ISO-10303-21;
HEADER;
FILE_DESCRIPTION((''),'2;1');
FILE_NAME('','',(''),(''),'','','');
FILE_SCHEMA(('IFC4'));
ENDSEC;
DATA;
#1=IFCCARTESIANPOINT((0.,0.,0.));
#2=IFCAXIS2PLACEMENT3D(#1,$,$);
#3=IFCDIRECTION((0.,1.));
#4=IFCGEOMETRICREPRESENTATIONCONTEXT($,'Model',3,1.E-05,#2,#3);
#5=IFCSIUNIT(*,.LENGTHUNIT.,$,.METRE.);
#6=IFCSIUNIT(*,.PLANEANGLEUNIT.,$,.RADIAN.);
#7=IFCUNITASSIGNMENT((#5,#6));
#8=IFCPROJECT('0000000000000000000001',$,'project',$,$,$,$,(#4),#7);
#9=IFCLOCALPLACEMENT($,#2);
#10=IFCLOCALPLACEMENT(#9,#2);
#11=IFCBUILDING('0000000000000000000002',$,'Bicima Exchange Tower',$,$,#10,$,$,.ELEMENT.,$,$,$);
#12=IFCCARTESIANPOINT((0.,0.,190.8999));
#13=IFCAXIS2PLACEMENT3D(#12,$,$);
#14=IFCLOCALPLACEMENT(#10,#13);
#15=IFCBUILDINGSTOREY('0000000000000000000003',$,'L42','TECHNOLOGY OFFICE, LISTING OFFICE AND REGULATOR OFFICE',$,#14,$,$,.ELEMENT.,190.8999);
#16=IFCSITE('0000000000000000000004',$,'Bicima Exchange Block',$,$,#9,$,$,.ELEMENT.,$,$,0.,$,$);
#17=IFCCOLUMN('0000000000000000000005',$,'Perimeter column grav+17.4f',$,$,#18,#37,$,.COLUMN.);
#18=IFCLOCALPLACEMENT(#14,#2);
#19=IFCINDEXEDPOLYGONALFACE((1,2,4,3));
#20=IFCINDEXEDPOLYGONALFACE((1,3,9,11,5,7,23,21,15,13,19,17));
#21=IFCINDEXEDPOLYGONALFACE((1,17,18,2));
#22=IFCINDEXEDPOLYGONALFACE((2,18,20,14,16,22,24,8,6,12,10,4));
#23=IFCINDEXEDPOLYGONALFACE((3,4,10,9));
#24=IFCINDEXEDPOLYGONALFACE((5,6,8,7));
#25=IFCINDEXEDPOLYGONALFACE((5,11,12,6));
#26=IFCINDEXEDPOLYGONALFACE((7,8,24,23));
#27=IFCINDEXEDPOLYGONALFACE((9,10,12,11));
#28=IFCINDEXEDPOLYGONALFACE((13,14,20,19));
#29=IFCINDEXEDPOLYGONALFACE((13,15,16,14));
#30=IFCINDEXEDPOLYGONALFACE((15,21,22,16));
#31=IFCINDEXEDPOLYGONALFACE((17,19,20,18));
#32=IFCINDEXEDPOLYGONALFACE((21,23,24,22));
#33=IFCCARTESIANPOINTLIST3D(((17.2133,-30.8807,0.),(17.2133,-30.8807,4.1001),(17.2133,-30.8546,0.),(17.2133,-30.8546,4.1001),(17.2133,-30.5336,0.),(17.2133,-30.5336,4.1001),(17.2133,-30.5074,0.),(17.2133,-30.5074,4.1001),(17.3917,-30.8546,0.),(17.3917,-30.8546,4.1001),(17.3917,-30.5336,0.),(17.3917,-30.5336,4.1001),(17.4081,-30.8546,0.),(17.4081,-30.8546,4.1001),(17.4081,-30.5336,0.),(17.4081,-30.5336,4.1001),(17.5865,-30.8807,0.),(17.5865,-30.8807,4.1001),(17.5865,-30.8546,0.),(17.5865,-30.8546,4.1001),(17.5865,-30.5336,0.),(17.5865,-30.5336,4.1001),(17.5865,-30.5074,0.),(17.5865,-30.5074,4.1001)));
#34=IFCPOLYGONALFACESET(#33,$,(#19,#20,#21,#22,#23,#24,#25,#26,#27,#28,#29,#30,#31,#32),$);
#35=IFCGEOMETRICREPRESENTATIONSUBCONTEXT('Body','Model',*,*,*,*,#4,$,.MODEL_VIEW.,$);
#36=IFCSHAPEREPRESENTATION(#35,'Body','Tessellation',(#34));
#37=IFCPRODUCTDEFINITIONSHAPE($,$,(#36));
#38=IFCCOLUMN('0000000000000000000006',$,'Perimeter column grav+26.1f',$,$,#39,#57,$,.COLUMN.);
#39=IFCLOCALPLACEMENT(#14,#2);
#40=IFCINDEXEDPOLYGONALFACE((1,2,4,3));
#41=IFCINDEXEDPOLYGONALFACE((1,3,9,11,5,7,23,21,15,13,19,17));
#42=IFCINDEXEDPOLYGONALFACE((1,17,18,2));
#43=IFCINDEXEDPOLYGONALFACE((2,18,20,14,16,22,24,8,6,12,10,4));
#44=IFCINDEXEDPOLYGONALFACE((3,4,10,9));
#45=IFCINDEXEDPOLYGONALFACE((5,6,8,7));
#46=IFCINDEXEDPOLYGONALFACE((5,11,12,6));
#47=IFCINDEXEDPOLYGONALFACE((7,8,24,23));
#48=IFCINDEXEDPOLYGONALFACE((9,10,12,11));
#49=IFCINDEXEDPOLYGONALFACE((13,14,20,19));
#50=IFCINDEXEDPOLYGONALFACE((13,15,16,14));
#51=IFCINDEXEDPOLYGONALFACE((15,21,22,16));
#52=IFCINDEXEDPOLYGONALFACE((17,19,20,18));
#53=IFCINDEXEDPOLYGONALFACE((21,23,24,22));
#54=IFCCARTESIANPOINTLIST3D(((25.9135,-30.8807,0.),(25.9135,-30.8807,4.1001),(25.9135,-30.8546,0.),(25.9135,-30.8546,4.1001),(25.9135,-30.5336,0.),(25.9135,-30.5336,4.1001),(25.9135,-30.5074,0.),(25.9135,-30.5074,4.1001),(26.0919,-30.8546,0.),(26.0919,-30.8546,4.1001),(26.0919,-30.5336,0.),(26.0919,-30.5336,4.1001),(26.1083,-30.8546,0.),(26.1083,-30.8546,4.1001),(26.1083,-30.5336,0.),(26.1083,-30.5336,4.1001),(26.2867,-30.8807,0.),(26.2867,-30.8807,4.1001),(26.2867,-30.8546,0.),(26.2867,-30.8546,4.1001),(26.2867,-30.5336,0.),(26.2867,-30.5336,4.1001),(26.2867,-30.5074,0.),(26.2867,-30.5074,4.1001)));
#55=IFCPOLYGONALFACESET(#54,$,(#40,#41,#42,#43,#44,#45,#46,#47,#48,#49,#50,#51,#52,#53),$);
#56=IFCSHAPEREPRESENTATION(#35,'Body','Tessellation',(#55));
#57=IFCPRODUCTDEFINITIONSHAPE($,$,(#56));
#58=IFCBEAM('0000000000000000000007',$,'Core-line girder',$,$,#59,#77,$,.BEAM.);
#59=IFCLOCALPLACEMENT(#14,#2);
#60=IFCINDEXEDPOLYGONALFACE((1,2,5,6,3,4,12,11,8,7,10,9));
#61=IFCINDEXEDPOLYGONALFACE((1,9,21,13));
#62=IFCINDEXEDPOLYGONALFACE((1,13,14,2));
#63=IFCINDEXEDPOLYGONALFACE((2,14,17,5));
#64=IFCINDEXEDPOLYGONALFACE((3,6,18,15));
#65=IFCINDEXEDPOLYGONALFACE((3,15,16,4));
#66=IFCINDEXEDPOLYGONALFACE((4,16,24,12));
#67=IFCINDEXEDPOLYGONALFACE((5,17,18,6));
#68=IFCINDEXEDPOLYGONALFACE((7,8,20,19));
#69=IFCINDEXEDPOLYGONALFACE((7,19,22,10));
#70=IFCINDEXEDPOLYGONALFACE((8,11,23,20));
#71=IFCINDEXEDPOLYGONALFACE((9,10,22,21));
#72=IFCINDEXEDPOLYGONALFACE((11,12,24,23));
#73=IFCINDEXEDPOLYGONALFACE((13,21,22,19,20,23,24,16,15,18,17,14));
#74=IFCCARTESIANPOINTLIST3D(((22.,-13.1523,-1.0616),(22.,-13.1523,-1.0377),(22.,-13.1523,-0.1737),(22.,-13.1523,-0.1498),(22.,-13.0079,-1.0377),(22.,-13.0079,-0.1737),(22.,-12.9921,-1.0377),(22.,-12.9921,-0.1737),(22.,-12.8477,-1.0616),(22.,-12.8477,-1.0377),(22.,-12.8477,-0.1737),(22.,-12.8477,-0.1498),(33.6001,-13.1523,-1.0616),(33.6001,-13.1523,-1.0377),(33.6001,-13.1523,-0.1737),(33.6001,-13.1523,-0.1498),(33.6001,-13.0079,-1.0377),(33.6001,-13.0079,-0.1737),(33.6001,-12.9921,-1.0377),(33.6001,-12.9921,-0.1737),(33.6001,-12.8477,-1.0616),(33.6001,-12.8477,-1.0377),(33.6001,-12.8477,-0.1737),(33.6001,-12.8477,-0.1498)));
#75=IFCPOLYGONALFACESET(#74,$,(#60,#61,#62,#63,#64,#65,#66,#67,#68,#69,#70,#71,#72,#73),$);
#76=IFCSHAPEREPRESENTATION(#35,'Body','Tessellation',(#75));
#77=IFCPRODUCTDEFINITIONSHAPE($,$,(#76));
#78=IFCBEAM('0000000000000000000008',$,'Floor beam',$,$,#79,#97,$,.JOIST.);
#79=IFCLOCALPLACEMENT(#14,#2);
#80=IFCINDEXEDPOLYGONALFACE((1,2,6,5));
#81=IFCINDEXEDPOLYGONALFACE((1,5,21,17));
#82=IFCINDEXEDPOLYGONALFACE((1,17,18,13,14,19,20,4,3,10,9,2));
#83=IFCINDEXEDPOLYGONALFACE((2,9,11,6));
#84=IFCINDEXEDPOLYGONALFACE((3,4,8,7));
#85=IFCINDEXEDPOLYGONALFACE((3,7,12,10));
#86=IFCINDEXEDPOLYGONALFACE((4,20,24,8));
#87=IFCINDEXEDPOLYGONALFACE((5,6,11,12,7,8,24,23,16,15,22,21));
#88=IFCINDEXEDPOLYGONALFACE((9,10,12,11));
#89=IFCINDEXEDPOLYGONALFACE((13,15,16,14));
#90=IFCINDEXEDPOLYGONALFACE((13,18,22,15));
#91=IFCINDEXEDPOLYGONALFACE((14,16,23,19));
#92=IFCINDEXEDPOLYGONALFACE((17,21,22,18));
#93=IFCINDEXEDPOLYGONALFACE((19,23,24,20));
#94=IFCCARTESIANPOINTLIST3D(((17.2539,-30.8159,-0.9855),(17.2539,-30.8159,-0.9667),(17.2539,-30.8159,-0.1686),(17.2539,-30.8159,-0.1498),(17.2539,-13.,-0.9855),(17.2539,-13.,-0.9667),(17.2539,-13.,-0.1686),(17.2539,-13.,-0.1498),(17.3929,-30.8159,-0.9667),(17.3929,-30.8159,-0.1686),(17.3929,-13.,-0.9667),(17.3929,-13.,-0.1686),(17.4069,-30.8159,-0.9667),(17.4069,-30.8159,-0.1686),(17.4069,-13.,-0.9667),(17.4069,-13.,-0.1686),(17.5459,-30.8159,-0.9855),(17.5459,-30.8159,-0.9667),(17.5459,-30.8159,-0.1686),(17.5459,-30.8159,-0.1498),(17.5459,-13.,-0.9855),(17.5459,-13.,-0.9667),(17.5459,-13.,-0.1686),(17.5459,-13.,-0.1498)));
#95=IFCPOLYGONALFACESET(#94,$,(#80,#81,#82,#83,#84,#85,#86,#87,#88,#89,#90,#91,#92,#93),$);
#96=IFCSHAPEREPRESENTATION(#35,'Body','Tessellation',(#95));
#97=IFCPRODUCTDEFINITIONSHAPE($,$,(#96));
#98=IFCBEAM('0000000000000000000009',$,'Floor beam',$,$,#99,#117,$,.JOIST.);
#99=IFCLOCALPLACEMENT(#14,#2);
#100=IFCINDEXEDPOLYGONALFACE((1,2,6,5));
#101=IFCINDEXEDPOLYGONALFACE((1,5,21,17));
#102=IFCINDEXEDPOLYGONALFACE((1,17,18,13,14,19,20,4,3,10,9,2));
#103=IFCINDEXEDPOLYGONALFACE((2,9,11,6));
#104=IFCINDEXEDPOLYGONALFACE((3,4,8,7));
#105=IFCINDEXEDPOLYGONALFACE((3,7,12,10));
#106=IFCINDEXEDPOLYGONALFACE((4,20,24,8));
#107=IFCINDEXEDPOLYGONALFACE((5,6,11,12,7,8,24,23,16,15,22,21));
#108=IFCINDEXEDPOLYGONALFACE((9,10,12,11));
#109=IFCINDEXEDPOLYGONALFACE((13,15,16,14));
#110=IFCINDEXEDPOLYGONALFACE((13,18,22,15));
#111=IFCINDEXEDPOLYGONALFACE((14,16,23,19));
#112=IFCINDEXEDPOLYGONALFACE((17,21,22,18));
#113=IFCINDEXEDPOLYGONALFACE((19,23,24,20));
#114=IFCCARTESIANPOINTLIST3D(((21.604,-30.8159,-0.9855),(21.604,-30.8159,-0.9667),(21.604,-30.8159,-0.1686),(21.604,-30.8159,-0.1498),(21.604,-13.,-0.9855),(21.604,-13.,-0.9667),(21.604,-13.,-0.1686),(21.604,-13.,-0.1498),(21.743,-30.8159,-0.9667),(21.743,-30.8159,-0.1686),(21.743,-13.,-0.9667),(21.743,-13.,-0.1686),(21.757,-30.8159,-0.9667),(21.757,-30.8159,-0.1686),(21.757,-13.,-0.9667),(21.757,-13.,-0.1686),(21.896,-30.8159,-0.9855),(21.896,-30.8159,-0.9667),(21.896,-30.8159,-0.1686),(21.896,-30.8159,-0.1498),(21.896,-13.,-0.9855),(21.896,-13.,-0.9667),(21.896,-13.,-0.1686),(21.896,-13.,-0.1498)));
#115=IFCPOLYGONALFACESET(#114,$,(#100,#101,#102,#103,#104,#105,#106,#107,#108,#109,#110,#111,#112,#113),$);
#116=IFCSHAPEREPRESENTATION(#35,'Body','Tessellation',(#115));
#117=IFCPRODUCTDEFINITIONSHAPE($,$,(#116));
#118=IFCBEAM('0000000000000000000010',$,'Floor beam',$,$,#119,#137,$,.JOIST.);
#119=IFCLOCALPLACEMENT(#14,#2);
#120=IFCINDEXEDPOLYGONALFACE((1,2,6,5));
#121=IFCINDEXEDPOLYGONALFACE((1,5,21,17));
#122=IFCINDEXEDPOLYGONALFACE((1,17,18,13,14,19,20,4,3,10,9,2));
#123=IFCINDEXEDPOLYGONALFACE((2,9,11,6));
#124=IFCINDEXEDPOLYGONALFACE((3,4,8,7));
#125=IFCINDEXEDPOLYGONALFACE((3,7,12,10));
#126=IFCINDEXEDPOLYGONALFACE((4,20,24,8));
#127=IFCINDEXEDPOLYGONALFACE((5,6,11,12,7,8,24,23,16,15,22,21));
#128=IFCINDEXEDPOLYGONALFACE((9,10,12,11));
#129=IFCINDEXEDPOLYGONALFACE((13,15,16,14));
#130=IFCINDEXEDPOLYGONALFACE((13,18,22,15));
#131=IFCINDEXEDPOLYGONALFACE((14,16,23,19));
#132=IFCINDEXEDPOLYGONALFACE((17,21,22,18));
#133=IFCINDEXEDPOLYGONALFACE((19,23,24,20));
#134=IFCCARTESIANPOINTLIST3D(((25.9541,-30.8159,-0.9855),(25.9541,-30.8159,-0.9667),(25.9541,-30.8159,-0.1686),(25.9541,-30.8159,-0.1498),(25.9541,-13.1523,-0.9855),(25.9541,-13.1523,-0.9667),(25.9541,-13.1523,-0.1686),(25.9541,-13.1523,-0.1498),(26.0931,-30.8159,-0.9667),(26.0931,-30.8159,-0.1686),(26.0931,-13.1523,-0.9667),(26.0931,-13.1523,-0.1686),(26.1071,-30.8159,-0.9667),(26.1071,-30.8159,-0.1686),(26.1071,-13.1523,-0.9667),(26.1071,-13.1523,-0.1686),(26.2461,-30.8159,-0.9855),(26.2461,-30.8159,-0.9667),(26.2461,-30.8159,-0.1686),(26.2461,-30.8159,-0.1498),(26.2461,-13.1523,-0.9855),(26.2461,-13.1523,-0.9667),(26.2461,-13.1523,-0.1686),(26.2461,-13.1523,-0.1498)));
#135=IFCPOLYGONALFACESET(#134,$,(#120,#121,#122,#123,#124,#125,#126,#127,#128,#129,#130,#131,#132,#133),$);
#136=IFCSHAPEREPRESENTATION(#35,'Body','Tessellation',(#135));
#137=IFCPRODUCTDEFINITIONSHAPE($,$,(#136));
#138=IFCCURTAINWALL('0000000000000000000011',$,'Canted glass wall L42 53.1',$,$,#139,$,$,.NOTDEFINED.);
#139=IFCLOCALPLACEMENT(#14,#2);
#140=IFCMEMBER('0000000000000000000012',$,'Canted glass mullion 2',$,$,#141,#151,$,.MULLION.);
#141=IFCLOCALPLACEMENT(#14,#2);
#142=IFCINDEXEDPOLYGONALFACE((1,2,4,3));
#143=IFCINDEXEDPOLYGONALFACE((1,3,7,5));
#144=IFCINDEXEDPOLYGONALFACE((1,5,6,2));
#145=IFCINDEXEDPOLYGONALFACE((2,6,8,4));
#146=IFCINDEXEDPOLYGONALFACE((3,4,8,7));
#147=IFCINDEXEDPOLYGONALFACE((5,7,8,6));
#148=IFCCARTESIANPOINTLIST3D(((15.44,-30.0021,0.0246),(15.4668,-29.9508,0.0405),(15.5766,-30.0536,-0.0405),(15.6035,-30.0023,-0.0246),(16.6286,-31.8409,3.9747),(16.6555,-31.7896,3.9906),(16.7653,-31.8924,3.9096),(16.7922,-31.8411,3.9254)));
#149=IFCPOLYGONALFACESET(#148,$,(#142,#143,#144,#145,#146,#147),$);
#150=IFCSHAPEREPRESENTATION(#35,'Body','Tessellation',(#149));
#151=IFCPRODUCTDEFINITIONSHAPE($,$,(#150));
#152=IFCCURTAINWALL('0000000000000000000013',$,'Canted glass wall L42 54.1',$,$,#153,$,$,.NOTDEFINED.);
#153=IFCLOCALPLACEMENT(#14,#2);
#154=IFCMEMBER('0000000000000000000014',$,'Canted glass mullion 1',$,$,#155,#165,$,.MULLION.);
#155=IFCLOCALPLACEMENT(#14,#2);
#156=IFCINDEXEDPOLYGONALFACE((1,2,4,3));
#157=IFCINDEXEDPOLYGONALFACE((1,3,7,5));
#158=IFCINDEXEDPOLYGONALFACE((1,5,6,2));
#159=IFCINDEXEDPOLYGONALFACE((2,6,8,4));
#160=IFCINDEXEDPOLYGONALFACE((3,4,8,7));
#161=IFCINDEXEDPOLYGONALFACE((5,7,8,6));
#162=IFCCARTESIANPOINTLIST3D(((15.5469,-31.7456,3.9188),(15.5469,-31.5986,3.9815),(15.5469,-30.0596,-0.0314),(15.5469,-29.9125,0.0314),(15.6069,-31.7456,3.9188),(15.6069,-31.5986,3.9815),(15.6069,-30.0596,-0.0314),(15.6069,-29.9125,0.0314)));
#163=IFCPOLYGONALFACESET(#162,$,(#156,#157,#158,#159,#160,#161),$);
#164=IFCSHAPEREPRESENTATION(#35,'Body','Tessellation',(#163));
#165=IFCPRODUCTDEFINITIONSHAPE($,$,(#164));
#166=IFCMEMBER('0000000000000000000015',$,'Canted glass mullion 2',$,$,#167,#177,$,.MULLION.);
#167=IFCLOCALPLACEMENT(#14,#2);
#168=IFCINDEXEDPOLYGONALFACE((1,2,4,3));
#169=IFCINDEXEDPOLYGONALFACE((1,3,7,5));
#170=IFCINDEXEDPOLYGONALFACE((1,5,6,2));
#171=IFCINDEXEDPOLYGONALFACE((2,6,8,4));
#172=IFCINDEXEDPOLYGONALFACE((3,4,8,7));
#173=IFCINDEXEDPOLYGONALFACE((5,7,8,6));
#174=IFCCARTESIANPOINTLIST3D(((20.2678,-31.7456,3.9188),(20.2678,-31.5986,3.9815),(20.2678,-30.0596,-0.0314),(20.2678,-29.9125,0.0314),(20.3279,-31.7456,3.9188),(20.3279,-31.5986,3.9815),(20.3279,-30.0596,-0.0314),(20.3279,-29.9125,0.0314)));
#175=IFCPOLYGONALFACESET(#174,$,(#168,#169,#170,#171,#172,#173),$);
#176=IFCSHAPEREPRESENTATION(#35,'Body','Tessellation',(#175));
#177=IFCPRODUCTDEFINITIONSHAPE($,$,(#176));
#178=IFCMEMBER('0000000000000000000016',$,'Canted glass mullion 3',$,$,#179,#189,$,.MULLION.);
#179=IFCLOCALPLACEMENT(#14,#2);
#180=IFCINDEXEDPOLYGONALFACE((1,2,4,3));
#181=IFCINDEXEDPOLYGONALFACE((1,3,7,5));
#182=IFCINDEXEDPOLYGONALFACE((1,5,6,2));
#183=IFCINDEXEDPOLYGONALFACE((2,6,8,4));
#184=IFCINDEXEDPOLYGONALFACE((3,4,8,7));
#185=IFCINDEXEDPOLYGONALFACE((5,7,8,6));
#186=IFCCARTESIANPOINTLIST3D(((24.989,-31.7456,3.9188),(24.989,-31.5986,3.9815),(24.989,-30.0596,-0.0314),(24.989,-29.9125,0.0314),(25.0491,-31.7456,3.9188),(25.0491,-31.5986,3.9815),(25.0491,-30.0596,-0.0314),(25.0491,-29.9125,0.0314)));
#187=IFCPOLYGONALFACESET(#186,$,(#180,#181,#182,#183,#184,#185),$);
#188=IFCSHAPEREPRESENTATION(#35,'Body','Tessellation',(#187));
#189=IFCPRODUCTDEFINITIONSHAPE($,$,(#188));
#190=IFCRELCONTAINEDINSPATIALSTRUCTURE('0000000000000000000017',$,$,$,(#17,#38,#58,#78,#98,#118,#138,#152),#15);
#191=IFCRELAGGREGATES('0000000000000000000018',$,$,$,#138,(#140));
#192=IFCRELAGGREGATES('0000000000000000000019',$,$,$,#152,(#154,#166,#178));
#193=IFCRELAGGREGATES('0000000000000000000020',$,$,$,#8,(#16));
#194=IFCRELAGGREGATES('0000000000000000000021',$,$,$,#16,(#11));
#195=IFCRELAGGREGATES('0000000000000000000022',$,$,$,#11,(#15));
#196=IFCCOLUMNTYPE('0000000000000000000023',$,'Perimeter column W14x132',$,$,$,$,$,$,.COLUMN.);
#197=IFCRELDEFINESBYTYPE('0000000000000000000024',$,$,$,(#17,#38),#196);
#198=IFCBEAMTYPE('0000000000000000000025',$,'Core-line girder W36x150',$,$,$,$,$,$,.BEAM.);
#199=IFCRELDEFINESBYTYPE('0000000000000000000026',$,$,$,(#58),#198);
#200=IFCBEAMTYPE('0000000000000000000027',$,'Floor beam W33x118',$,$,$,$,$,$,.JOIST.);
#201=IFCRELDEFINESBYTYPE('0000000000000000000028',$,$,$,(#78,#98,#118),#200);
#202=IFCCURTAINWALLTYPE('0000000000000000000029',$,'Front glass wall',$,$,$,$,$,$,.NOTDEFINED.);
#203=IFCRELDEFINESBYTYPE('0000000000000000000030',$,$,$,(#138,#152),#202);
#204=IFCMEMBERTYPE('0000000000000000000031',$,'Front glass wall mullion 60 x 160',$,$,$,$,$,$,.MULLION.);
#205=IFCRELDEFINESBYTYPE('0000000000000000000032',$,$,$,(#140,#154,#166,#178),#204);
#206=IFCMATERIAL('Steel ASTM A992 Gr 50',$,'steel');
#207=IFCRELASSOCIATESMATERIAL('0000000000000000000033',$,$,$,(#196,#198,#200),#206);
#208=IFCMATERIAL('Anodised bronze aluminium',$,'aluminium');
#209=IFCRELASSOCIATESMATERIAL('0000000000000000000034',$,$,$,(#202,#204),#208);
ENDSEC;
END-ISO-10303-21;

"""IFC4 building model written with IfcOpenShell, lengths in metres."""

from ifc_helpers import new_model, si_unit, direction, frame, origin, origin_2d, place, context, subcontext, project, spatial, rectangle, i_section, extrude, material, material_profile, profile_set, type_object, element, aggregate, save


model = new_model("IFC4")

# Units and contexts
model_context = context("Model", 3, precision=1e-05, world=origin(), true_north=direction((0.0, 1.0)))
body_context = subcontext(model_context, "Body", "Model", "MODEL_VIEW")
ifc_project = project(units=[si_unit("LENGTHUNIT", "METRE"), si_unit("PLANEANGLEUNIT", "RADIAN")], contexts=[model_context])

# Site, building, storey
site_placement = place(None, origin())
site = spatial("IfcSite", under=ifc_project, at=site_placement, Name="Bicima Exchange Block", CompositionType="ELEMENT", RefElevation=0.0)
building_placement = place(site_placement, origin())
building = spatial("IfcBuilding", under=site, at=building_placement, Name="Bicima Exchange Tower", CompositionType="ELEMENT")
storey_placement = place(building_placement, frame((0.0, 0.0, 190.8999)))
storey = spatial("IfcBuildingStorey", under=building, at=storey_placement, Name="L42", Description="TECHNOLOGY OFFICE, LISTING OFFICE AND REGULATOR OFFICE", CompositionType="ELEMENT", Elevation=190.8999)

# Columns
ifc_material_1 = material(Name="Steel ASTM A992 Gr 50", Category="steel")
ifc_material_profile_1 = material_profile(ifc_material_1, i_section(OverallWidth=0.3733, OverallDepth=0.3733, WebThickness=0.0164, FlangeThickness=0.0261, at=origin_2d()))
ifc_profile_set_1 = profile_set([ifc_material_profile_1], Name="Steel ASTM A992 Gr 50")
column_type = type_object("IfcColumnType", Name="Perimeter column W14x132", PredefinedType="COLUMN", material=ifc_profile_set_1)
for number, where, z_axis, x_axis, name in (
    (1, (17.3999, -30.6941, 0.0), (0.0, 0.0, 1.0), (1.0, 0.0, 0.0), "Perimeter column grav+17.4f"),
    (2, (26.1001, -30.6941, 0.0), (0.0, 0.0, 1.0), (1.0, 0.0, 0.0), "Perimeter column grav+26.1f"),
):
    element("IfcColumn", number, at=place(storey_placement, frame(where, z_axis=z_axis, x_axis=x_axis)), inside=storey, type_object=column_type, Name=name, PredefinedType="COLUMN", context=body_context, shape_type="SweptSolid", body=[
        extrude(i_section(OverallWidth=0.3733, OverallDepth=0.3733, WebThickness=0.0164, FlangeThickness=0.0261, at=origin_2d()), origin(), (0.0, 0.0, 1.0), 4.1001),
    ])

# Beams
ifc_material_profile_2 = material_profile(ifc_material_1, i_section(OverallWidth=0.3047, OverallDepth=0.9119, WebThickness=0.0159, FlangeThickness=0.0239, at=origin_2d()))
ifc_profile_set_2 = profile_set([ifc_material_profile_2], Name="Steel ASTM A992 Gr 50")
beam_type_1 = type_object("IfcBeamType", Name="Core-line girder W36x150", PredefinedType="BEAM", material=ifc_profile_set_2)
beam_1_placement = place(storey_placement, frame((22.0, -13.0, -0.6057), z_axis=(1.0, 0.0, 0.0), x_axis=(0.0, 1.0, 0.0)))
element("IfcBeam", 3, at=beam_1_placement, inside=storey, type_object=beam_type_1, Name="Core-line girder", PredefinedType="BEAM", context=body_context, shape_type="SweptSolid", body=[
    extrude(i_section(OverallWidth=0.3047, OverallDepth=0.9119, WebThickness=0.0159, FlangeThickness=0.0239, at=origin_2d()), origin(), (0.0, 0.0, 1.0), 11.6001),
])
ifc_material_profile_3 = material_profile(ifc_material_1, i_section(OverallWidth=0.292, OverallDepth=0.8357, WebThickness=0.0139, FlangeThickness=0.0188, at=origin_2d()))
ifc_profile_set_3 = profile_set([ifc_material_profile_3], Name="Steel ASTM A992 Gr 50")
beam_type_2 = type_object("IfcBeamType", Name="Floor beam W33x118", PredefinedType="JOIST", material=ifc_profile_set_3)
for number, where, z_axis, x_axis, name in (
    (4, (17.3999, -13.0, -0.5676), (0.0, -1.0, 0.0), (1.0, 0.0, 0.0), "Floor beam"),
    (5, (21.75, -13.0, -0.5676), (0.0, -1.0, 0.0), (1.0, 0.0, 0.0), "Floor beam"),
):
    element("IfcBeam", number, at=place(storey_placement, frame(where, z_axis=z_axis, x_axis=x_axis)), inside=storey, type_object=beam_type_2, Name=name, PredefinedType="JOIST", context=body_context, shape_type="SweptSolid", body=[
        extrude(i_section(OverallWidth=0.292, OverallDepth=0.8357, WebThickness=0.0139, FlangeThickness=0.0188, at=origin_2d()), origin(), (0.0, 0.0, 1.0), 17.8159),
    ])
beam_2_placement = place(storey_placement, frame((26.1001, -13.1523, -0.5676), z_axis=(0.0, -1.0, 0.0), x_axis=(1.0, 0.0, 0.0)))
element("IfcBeam", 6, at=beam_2_placement, inside=storey, type_object=beam_type_2, Name="Floor beam", PredefinedType="JOIST", context=body_context, shape_type="SweptSolid", body=[
    extrude(i_section(OverallWidth=0.292, OverallDepth=0.8357, WebThickness=0.0139, FlangeThickness=0.0188, at=origin_2d()), origin(), (0.0, 0.0, 1.0), 17.6636),
])

# Curtain wall, member
ifc_material_2 = material(Name="Anodised bronze aluminium", Category="aluminium")
curtain_wall_type = type_object("IfcCurtainWallType", Name="Front glass wall", PredefinedType="NOTDEFINED", material=ifc_material_2)
curtain_wall_1_placement = place(storey_placement, origin())
curtain_wall_1 = element("IfcCurtainWall", 7, at=curtain_wall_1_placement, inside=storey, type_object=curtain_wall_type, Name="Canted glass wall L42 53.1", PredefinedType="NOTDEFINED")
ifc_material_profile_4 = material_profile(ifc_material_2, rectangle(XDim=0.1599, YDim=0.0601, at=origin_2d()))
ifc_profile_set_4 = profile_set([ifc_material_profile_4], Name="Anodised bronze aluminium")
member_type_1 = type_object("IfcMemberType", Name="Front glass wall mullion 60 x 160", PredefinedType="MULLION", material=ifc_profile_set_4)
member_1_placement = place(storey_placement, frame((15.5217, -30.0022, 0.0), z_axis=(0.263197, -0.407147, 0.874619), x_axis=(-0.854682, 0.322109, 0.407143)))
member_1 = element("IfcMember", 8, at=member_1_placement, type_object=member_type_1, Name="Canted glass mullion 2", PredefinedType="MULLION", context=body_context, shape_type="SweptSolid", body=[
    extrude(rectangle(XDim=0.1599, YDim=0.0601, at=origin_2d()), origin(), (0.0, 0.0, 1.0), 4.5164),
])

# Curtain wall, members
curtain_wall_2_placement = place(storey_placement, origin())
curtain_wall_2 = element("IfcCurtainWall", 9, at=curtain_wall_2_placement, inside=storey, type_object=curtain_wall_type, Name="Canted glass wall L42 54.1", PredefinedType="NOTDEFINED")
member_2_placement = place(storey_placement, frame((15.5769, -29.9861, 0.0), z_axis=(0.0, -0.392561, 0.919726), x_axis=(0.0, 0.919726, 0.392561)))
member_2 = element("IfcMember", 10, at=member_2_placement, type_object=member_type_1, Name="Canted glass mullion 1", PredefinedType="MULLION", context=body_context, shape_type="SweptSolid", body=[
    extrude(rectangle(XDim=0.1599, YDim=0.0601, at=origin_2d()), origin(), (0.0, 0.0, 1.0), 4.2949),
])
member_3_placement = place(storey_placement, frame((20.2979, -29.9861, 0.0), z_axis=(0.0, -0.392561, 0.919726), x_axis=(0.0, 0.919726, 0.392561)))
member_3 = element("IfcMember", 11, at=member_3_placement, type_object=member_type_1, Name="Canted glass mullion 2", PredefinedType="MULLION", context=body_context, shape_type="SweptSolid", body=[
    extrude(rectangle(XDim=0.1599, YDim=0.0601, at=origin_2d()), origin(), (0.0, 0.0, 1.0), 4.2949),
])
member_4_placement = place(storey_placement, frame((25.019, -29.9861, 0.0), z_axis=(0.0, -0.392561, 0.919726), x_axis=(0.0, 0.919726, 0.392561)))
member_4 = element("IfcMember", 12, at=member_4_placement, type_object=member_type_1, Name="Canted glass mullion 3", PredefinedType="MULLION", context=body_context, shape_type="SweptSolid", body=[
    extrude(rectangle(XDim=0.1599, YDim=0.0601, at=origin_2d()), origin(), (0.0, 0.0, 1.0), 4.2949),
])

aggregate(curtain_wall_1, [member_1])
aggregate(curtain_wall_2, [member_2, member_3, member_4])

save(model, "model.ifc")
